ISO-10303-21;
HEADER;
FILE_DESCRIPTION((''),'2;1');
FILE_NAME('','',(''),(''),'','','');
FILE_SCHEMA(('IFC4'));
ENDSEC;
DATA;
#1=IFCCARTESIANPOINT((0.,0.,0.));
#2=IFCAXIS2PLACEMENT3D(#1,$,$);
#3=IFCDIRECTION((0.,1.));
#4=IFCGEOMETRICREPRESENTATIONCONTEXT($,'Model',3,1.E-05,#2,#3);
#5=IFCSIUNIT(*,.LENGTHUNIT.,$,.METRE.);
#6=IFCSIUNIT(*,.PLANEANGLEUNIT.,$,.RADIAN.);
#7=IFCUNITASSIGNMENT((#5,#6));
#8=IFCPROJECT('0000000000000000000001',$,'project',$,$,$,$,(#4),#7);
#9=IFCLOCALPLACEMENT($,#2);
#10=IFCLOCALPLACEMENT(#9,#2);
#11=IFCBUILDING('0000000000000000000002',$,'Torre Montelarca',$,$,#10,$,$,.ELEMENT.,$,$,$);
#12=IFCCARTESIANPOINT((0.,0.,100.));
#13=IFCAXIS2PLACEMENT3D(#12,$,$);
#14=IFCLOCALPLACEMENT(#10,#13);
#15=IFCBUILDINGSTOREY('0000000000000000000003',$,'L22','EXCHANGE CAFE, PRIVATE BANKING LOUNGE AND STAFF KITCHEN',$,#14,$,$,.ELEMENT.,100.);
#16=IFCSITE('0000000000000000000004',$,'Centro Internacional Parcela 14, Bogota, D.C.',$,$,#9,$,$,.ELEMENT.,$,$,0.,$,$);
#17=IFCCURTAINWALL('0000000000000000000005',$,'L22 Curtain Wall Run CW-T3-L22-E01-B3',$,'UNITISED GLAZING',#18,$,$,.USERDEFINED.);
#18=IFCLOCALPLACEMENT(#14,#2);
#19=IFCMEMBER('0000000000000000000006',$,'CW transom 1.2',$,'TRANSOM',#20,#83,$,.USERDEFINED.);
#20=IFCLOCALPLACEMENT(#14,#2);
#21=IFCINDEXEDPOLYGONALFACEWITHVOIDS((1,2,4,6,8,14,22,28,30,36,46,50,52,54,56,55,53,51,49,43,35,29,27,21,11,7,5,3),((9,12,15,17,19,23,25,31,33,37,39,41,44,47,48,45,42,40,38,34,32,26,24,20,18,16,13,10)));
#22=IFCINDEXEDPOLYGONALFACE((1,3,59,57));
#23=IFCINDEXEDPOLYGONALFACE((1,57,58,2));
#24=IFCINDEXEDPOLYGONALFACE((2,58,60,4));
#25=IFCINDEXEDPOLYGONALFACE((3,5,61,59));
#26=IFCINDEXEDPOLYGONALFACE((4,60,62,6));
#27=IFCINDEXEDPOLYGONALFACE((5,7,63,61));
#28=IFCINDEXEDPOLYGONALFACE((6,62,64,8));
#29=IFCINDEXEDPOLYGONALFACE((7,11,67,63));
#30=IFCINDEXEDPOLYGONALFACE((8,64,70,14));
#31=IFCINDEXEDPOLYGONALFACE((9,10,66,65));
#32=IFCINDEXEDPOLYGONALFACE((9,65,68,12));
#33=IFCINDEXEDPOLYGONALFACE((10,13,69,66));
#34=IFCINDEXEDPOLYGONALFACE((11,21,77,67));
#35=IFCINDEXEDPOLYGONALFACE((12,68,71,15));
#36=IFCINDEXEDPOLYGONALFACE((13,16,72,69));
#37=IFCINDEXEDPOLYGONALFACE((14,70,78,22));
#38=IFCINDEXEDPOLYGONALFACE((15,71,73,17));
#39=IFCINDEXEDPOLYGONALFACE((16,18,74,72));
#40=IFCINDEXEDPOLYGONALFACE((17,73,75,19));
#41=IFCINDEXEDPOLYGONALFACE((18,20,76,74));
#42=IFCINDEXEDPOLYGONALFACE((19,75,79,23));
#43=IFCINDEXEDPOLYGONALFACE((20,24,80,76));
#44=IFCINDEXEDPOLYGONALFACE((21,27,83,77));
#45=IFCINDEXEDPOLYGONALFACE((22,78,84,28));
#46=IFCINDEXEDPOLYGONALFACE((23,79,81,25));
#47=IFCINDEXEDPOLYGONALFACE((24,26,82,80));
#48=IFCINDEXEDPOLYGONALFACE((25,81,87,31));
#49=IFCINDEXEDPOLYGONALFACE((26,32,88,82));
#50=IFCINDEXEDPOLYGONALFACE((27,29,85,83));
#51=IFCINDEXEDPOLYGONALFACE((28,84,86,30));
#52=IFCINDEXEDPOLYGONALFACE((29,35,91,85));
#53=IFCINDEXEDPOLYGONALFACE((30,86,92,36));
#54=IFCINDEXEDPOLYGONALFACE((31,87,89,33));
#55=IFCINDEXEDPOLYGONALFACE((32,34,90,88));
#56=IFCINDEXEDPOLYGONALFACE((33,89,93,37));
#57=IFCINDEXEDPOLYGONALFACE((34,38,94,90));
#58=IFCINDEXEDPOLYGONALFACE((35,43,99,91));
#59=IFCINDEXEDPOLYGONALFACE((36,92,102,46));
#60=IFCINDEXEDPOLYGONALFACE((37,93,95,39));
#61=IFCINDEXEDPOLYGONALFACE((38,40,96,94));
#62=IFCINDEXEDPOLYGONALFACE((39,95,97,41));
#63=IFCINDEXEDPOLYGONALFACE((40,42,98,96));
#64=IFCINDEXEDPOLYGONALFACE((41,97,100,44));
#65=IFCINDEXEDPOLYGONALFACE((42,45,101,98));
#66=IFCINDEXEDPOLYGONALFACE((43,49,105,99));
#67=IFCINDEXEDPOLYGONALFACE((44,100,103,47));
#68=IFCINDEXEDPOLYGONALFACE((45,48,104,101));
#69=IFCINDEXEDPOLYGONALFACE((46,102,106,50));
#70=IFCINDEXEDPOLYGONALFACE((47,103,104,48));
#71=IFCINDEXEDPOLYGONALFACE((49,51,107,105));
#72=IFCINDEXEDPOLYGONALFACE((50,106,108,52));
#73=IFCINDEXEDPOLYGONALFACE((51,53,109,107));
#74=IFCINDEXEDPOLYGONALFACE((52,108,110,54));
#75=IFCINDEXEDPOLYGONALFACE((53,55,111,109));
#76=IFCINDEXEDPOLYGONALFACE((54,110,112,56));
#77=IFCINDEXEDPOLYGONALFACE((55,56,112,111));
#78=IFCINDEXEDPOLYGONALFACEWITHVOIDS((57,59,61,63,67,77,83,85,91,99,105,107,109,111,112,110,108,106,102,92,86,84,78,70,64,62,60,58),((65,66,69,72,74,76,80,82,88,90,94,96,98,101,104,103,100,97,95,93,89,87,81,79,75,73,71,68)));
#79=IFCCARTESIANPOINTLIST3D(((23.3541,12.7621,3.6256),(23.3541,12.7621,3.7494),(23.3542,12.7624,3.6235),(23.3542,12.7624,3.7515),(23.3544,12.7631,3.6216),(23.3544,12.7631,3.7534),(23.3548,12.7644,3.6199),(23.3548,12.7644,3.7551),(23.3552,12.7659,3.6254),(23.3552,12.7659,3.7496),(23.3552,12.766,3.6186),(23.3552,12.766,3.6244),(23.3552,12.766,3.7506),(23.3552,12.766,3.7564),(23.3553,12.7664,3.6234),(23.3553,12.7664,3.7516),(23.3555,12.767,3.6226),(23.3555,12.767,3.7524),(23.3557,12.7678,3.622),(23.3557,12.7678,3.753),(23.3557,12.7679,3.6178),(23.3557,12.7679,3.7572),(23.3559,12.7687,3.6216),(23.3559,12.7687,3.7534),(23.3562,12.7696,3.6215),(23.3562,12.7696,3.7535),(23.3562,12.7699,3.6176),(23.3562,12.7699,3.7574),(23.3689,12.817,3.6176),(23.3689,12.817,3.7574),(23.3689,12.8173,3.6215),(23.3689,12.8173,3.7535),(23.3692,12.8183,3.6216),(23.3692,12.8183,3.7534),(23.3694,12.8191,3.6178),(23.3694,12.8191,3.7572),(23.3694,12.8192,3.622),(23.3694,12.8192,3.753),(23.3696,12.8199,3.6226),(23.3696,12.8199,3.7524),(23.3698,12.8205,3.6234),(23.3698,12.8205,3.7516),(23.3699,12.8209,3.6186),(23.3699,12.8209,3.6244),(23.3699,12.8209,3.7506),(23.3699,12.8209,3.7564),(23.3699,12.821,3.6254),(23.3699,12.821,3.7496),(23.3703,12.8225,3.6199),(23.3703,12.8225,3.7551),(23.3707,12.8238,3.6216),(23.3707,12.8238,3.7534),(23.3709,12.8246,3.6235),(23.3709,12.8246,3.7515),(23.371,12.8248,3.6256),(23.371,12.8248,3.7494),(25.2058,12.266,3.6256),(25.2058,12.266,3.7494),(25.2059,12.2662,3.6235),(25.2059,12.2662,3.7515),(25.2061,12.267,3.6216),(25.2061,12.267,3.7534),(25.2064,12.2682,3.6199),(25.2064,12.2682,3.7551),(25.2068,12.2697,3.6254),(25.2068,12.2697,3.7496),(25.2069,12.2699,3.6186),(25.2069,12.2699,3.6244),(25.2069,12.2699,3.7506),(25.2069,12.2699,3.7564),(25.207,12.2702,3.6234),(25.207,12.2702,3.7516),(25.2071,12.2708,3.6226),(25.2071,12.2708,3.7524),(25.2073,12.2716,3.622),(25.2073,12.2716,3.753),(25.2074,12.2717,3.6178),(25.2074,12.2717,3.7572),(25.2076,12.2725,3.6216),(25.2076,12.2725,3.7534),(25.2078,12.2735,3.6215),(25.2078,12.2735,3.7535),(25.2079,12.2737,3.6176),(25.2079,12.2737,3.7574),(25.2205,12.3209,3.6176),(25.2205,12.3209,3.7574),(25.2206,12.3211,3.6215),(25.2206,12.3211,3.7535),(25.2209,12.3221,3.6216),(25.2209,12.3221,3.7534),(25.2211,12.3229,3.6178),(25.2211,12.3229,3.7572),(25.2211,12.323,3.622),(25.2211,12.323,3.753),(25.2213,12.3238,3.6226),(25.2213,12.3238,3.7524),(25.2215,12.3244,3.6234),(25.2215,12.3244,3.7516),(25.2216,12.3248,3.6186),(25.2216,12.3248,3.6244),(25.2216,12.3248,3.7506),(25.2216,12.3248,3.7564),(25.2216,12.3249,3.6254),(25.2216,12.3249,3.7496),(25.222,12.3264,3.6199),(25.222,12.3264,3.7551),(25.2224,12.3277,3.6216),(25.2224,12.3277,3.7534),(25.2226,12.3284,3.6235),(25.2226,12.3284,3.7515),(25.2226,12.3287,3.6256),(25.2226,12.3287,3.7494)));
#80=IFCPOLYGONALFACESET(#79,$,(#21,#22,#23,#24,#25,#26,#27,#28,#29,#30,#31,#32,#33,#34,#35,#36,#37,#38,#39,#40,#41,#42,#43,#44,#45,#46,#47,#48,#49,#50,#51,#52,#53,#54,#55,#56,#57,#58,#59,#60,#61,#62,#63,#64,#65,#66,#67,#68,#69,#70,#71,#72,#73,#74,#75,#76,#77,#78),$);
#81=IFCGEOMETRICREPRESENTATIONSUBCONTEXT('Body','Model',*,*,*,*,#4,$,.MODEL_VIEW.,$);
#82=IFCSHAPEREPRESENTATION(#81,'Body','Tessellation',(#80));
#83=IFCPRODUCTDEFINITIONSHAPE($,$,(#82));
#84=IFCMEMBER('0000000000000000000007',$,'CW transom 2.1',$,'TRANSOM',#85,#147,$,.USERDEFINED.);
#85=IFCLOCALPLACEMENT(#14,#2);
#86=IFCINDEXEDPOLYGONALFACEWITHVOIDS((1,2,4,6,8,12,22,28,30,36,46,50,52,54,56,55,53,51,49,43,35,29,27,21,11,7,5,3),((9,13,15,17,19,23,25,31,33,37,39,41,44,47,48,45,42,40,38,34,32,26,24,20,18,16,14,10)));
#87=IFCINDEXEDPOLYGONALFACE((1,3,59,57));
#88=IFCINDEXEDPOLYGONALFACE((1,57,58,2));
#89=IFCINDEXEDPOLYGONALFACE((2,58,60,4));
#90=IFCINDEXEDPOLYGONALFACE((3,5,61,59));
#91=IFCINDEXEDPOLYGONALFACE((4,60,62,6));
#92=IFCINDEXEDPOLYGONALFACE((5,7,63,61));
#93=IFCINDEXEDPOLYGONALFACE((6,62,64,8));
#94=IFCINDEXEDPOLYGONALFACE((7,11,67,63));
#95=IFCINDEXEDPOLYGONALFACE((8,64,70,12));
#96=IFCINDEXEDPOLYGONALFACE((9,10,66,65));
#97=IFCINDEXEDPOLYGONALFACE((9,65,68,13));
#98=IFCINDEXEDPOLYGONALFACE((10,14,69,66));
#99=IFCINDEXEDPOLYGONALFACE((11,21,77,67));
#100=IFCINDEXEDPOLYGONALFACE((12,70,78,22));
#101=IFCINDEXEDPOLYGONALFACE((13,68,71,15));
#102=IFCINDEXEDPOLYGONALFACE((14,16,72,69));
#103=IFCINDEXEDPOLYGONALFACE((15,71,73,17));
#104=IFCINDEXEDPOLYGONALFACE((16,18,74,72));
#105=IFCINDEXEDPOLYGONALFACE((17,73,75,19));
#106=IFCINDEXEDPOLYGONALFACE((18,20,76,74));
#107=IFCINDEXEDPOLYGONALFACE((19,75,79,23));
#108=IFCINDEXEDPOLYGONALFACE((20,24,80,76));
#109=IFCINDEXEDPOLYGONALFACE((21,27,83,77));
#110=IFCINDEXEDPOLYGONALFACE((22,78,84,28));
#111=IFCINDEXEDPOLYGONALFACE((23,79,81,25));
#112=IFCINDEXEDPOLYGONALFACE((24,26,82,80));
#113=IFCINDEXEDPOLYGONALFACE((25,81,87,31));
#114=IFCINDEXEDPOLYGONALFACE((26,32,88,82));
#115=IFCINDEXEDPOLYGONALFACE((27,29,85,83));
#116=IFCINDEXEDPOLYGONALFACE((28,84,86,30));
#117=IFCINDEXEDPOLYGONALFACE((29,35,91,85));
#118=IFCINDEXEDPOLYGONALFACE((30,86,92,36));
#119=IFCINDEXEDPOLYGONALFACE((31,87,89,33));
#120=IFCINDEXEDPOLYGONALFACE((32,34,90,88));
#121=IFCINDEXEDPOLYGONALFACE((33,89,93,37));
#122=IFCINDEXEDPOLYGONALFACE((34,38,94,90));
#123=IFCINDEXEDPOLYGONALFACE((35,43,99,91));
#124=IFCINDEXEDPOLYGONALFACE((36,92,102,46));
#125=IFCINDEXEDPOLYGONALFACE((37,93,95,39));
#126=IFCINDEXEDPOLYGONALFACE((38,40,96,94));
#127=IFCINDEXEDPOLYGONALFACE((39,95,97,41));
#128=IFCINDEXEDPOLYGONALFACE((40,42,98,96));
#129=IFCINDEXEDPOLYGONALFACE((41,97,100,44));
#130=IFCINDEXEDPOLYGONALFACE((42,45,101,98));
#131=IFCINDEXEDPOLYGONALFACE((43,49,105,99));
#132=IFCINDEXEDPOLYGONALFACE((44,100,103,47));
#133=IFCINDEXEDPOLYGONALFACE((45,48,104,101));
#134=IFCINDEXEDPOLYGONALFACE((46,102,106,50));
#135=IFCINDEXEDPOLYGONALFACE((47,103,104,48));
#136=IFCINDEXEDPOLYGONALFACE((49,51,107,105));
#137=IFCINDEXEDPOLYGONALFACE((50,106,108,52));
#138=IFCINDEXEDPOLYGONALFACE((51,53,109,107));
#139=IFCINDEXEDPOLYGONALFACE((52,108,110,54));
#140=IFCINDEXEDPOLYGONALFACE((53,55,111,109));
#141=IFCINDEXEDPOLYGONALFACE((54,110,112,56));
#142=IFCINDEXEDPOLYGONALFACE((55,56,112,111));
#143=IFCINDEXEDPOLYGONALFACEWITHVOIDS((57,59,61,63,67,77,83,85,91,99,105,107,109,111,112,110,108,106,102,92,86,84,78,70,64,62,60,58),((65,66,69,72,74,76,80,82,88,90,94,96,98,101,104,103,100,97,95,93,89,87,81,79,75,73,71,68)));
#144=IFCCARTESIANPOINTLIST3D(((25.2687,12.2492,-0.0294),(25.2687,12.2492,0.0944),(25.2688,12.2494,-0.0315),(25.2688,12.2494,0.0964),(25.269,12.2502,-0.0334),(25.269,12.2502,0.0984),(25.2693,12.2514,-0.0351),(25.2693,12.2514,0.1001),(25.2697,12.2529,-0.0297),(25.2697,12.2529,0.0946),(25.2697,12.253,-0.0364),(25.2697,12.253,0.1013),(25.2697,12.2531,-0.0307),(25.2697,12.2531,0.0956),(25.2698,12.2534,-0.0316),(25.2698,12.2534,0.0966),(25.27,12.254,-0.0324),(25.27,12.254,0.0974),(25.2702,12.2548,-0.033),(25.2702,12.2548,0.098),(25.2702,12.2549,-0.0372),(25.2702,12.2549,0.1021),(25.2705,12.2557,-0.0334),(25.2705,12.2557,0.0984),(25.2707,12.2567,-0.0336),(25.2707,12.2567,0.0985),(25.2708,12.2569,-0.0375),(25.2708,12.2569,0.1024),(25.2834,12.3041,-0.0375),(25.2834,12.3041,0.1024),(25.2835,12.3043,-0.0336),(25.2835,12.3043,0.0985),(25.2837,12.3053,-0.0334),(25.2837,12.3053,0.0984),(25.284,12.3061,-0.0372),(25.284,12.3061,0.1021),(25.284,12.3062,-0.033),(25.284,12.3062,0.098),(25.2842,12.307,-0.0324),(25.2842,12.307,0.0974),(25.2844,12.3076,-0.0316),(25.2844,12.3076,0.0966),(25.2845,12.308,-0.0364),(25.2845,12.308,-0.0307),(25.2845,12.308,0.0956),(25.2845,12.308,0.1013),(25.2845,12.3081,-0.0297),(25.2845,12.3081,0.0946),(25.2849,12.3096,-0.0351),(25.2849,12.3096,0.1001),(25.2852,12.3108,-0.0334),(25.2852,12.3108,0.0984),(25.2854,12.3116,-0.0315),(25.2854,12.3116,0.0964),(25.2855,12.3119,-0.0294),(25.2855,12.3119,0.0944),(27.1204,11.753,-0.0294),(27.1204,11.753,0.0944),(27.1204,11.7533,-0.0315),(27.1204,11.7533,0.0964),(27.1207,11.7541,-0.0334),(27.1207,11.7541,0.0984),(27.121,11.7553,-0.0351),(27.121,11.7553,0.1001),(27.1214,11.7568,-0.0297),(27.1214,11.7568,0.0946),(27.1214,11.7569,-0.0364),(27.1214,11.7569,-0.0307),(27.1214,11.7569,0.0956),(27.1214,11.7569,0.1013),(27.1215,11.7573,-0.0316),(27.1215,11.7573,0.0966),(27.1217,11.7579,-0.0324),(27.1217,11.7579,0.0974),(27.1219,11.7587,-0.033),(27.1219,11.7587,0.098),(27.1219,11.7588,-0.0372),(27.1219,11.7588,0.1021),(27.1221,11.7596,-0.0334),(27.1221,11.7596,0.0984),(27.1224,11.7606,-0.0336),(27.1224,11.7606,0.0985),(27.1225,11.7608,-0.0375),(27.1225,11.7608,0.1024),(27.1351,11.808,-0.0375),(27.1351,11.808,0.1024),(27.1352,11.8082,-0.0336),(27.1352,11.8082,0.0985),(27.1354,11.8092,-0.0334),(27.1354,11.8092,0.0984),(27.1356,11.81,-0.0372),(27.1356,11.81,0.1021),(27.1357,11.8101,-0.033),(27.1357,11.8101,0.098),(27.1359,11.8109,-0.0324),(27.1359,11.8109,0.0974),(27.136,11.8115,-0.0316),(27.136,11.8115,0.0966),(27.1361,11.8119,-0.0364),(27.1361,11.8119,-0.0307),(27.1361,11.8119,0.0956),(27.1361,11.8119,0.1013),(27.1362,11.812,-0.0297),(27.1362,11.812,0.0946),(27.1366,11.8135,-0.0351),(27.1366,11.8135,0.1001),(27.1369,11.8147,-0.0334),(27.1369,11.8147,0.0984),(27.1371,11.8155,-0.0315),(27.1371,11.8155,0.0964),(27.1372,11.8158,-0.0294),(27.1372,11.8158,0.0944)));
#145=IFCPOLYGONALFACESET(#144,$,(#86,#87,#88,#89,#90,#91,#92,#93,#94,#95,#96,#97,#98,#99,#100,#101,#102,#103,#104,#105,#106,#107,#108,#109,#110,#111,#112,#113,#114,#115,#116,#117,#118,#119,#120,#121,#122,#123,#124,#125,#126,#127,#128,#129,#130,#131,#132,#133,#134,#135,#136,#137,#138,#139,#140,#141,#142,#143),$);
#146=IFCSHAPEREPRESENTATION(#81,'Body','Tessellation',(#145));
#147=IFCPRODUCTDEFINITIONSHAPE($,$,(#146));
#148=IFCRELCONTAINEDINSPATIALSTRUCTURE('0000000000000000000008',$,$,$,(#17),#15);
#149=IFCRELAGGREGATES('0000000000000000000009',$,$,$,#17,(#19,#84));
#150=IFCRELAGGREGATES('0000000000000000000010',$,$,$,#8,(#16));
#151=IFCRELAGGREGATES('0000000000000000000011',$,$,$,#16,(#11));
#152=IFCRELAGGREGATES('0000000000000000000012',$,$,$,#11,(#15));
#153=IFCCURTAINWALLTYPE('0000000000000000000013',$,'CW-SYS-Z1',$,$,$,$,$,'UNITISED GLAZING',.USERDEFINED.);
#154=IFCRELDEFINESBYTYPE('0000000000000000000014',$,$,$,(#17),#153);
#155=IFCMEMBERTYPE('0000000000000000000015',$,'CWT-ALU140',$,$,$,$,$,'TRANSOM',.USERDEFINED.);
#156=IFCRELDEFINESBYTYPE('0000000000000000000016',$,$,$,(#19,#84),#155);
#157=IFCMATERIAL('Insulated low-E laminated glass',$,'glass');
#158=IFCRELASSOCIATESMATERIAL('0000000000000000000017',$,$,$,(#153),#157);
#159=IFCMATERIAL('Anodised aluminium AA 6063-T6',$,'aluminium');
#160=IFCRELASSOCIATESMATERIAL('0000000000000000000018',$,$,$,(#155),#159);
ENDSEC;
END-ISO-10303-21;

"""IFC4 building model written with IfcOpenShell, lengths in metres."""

from ifc_helpers import new_model, si_unit, direction, frame, origin, origin_2d, place, context, subcontext, project, spatial, hollow_rectangle, extrude, source, transform, mapped, material, material_profile, profile_set, type_object, element, aggregate, save


model = new_model("IFC4")

# Units and contexts
model_context = context("Model", 3, precision=1e-05, world=origin(), true_north=direction((0.0, 1.0)))
body_context = subcontext(model_context, "Body", "Model", "MODEL_VIEW")
ifc_project = project(units=[si_unit("LENGTHUNIT", "METRE"), si_unit("PLANEANGLEUNIT", "RADIAN")], contexts=[model_context])

# Site, building, storey
site_placement = place(None, origin())
site = spatial("IfcSite", under=ifc_project, at=site_placement, Name="Centro Internacional Parcela 14, Bogota, D.C.", CompositionType="ELEMENT", RefElevation=0.0)
building_placement = place(site_placement, origin())
building = spatial("IfcBuilding", under=site, at=building_placement, Name="Torre Montelarca", CompositionType="ELEMENT")
storey_placement = place(building_placement, frame((0.0, 0.0, 100.0)))
storey = spatial("IfcBuildingStorey", under=building, at=storey_placement, Name="L22", Description="EXCHANGE CAFE, PRIVATE BANKING LOUNGE AND STAFF KITCHEN", CompositionType="ELEMENT", Elevation=100.0)

# Curtain wall, members
ifc_material_1 = material(Name="Insulated low-E laminated glass", Category="glass")
curtain_wall_type = type_object("IfcCurtainWallType", Name="CW-SYS-Z1", ElementType="UNITISED GLAZING", PredefinedType="USERDEFINED", material=ifc_material_1)
curtain_wall_1_placement = place(storey_placement, origin())
curtain_wall_1 = element("IfcCurtainWall", 1, at=curtain_wall_1_placement, inside=storey, type_object=curtain_wall_type, Name="L22 Curtain Wall Run CW-T3-L22-E01-B3", ObjectType="UNITISED GLAZING", PredefinedType="USERDEFINED")
ifc_material_2 = material(Name="Anodised aluminium AA 6063-T6", Category="aluminium")
ifc_material_profile_1 = material_profile(ifc_material_2, hollow_rectangle(XDim=0.0649, YDim=0.1399, WallThickness=0.0039, InnerFilletRadius=0.0039, OuterFilletRadius=0.0081, at=origin_2d()), Name="ALU65X140X4", Category="aluminium")
ifc_profile_set_1 = profile_set([ifc_material_profile_1], Name="Anodised aluminium AA 6063-T6")
member_type_1 = type_object("IfcMemberType", Name="CWT-ALU140", ElementType="TRANSOM", PredefinedType="USERDEFINED", material=ifc_profile_set_1)
shared_shape_1 = source(origin(), body_context, "Body", "SweptSolid", [
    extrude(hollow_rectangle(XDim=0.0649, YDim=0.1399, WallThickness=0.0039, InnerFilletRadius=0.0039, OuterFilletRadius=0.0081, at=origin_2d()), origin(), (0.0, 0.0, 1.0), 1.917),
])
member_1_placement = place(storey_placement, frame((23.3625, 12.7935, 3.6875), z_axis=(0.96593, -0.258804, 0.0), x_axis=(0.258804, 0.96593, 0.0)))
member_1 = element("IfcMember", 2, at=member_1_placement, type_object=member_type_1, Name="CW transom 1.2", ObjectType="TRANSOM", PredefinedType="USERDEFINED", context=body_context, shape_type="MappedRepresentation", body=[
    mapped(shared_shape_1, transform((0.0, 0.0, 0.0), scale=1.0)),
])
member_2_placement = place(storey_placement, frame((25.2771, 12.2805, 0.0325), z_axis=(0.96593, -0.258804, 0.0), x_axis=(0.258804, 0.96593, 0.0)))
member_2 = element("IfcMember", 3, at=member_2_placement, type_object=member_type_1, Name="CW transom 2.1", ObjectType="TRANSOM", PredefinedType="USERDEFINED", context=body_context, shape_type="MappedRepresentation", body=[
    mapped(shared_shape_1, transform((0.0, 0.0, 0.0), scale=1.0)),
])

aggregate(curtain_wall_1, [member_1, member_2])

save(model, "model.ifc")
